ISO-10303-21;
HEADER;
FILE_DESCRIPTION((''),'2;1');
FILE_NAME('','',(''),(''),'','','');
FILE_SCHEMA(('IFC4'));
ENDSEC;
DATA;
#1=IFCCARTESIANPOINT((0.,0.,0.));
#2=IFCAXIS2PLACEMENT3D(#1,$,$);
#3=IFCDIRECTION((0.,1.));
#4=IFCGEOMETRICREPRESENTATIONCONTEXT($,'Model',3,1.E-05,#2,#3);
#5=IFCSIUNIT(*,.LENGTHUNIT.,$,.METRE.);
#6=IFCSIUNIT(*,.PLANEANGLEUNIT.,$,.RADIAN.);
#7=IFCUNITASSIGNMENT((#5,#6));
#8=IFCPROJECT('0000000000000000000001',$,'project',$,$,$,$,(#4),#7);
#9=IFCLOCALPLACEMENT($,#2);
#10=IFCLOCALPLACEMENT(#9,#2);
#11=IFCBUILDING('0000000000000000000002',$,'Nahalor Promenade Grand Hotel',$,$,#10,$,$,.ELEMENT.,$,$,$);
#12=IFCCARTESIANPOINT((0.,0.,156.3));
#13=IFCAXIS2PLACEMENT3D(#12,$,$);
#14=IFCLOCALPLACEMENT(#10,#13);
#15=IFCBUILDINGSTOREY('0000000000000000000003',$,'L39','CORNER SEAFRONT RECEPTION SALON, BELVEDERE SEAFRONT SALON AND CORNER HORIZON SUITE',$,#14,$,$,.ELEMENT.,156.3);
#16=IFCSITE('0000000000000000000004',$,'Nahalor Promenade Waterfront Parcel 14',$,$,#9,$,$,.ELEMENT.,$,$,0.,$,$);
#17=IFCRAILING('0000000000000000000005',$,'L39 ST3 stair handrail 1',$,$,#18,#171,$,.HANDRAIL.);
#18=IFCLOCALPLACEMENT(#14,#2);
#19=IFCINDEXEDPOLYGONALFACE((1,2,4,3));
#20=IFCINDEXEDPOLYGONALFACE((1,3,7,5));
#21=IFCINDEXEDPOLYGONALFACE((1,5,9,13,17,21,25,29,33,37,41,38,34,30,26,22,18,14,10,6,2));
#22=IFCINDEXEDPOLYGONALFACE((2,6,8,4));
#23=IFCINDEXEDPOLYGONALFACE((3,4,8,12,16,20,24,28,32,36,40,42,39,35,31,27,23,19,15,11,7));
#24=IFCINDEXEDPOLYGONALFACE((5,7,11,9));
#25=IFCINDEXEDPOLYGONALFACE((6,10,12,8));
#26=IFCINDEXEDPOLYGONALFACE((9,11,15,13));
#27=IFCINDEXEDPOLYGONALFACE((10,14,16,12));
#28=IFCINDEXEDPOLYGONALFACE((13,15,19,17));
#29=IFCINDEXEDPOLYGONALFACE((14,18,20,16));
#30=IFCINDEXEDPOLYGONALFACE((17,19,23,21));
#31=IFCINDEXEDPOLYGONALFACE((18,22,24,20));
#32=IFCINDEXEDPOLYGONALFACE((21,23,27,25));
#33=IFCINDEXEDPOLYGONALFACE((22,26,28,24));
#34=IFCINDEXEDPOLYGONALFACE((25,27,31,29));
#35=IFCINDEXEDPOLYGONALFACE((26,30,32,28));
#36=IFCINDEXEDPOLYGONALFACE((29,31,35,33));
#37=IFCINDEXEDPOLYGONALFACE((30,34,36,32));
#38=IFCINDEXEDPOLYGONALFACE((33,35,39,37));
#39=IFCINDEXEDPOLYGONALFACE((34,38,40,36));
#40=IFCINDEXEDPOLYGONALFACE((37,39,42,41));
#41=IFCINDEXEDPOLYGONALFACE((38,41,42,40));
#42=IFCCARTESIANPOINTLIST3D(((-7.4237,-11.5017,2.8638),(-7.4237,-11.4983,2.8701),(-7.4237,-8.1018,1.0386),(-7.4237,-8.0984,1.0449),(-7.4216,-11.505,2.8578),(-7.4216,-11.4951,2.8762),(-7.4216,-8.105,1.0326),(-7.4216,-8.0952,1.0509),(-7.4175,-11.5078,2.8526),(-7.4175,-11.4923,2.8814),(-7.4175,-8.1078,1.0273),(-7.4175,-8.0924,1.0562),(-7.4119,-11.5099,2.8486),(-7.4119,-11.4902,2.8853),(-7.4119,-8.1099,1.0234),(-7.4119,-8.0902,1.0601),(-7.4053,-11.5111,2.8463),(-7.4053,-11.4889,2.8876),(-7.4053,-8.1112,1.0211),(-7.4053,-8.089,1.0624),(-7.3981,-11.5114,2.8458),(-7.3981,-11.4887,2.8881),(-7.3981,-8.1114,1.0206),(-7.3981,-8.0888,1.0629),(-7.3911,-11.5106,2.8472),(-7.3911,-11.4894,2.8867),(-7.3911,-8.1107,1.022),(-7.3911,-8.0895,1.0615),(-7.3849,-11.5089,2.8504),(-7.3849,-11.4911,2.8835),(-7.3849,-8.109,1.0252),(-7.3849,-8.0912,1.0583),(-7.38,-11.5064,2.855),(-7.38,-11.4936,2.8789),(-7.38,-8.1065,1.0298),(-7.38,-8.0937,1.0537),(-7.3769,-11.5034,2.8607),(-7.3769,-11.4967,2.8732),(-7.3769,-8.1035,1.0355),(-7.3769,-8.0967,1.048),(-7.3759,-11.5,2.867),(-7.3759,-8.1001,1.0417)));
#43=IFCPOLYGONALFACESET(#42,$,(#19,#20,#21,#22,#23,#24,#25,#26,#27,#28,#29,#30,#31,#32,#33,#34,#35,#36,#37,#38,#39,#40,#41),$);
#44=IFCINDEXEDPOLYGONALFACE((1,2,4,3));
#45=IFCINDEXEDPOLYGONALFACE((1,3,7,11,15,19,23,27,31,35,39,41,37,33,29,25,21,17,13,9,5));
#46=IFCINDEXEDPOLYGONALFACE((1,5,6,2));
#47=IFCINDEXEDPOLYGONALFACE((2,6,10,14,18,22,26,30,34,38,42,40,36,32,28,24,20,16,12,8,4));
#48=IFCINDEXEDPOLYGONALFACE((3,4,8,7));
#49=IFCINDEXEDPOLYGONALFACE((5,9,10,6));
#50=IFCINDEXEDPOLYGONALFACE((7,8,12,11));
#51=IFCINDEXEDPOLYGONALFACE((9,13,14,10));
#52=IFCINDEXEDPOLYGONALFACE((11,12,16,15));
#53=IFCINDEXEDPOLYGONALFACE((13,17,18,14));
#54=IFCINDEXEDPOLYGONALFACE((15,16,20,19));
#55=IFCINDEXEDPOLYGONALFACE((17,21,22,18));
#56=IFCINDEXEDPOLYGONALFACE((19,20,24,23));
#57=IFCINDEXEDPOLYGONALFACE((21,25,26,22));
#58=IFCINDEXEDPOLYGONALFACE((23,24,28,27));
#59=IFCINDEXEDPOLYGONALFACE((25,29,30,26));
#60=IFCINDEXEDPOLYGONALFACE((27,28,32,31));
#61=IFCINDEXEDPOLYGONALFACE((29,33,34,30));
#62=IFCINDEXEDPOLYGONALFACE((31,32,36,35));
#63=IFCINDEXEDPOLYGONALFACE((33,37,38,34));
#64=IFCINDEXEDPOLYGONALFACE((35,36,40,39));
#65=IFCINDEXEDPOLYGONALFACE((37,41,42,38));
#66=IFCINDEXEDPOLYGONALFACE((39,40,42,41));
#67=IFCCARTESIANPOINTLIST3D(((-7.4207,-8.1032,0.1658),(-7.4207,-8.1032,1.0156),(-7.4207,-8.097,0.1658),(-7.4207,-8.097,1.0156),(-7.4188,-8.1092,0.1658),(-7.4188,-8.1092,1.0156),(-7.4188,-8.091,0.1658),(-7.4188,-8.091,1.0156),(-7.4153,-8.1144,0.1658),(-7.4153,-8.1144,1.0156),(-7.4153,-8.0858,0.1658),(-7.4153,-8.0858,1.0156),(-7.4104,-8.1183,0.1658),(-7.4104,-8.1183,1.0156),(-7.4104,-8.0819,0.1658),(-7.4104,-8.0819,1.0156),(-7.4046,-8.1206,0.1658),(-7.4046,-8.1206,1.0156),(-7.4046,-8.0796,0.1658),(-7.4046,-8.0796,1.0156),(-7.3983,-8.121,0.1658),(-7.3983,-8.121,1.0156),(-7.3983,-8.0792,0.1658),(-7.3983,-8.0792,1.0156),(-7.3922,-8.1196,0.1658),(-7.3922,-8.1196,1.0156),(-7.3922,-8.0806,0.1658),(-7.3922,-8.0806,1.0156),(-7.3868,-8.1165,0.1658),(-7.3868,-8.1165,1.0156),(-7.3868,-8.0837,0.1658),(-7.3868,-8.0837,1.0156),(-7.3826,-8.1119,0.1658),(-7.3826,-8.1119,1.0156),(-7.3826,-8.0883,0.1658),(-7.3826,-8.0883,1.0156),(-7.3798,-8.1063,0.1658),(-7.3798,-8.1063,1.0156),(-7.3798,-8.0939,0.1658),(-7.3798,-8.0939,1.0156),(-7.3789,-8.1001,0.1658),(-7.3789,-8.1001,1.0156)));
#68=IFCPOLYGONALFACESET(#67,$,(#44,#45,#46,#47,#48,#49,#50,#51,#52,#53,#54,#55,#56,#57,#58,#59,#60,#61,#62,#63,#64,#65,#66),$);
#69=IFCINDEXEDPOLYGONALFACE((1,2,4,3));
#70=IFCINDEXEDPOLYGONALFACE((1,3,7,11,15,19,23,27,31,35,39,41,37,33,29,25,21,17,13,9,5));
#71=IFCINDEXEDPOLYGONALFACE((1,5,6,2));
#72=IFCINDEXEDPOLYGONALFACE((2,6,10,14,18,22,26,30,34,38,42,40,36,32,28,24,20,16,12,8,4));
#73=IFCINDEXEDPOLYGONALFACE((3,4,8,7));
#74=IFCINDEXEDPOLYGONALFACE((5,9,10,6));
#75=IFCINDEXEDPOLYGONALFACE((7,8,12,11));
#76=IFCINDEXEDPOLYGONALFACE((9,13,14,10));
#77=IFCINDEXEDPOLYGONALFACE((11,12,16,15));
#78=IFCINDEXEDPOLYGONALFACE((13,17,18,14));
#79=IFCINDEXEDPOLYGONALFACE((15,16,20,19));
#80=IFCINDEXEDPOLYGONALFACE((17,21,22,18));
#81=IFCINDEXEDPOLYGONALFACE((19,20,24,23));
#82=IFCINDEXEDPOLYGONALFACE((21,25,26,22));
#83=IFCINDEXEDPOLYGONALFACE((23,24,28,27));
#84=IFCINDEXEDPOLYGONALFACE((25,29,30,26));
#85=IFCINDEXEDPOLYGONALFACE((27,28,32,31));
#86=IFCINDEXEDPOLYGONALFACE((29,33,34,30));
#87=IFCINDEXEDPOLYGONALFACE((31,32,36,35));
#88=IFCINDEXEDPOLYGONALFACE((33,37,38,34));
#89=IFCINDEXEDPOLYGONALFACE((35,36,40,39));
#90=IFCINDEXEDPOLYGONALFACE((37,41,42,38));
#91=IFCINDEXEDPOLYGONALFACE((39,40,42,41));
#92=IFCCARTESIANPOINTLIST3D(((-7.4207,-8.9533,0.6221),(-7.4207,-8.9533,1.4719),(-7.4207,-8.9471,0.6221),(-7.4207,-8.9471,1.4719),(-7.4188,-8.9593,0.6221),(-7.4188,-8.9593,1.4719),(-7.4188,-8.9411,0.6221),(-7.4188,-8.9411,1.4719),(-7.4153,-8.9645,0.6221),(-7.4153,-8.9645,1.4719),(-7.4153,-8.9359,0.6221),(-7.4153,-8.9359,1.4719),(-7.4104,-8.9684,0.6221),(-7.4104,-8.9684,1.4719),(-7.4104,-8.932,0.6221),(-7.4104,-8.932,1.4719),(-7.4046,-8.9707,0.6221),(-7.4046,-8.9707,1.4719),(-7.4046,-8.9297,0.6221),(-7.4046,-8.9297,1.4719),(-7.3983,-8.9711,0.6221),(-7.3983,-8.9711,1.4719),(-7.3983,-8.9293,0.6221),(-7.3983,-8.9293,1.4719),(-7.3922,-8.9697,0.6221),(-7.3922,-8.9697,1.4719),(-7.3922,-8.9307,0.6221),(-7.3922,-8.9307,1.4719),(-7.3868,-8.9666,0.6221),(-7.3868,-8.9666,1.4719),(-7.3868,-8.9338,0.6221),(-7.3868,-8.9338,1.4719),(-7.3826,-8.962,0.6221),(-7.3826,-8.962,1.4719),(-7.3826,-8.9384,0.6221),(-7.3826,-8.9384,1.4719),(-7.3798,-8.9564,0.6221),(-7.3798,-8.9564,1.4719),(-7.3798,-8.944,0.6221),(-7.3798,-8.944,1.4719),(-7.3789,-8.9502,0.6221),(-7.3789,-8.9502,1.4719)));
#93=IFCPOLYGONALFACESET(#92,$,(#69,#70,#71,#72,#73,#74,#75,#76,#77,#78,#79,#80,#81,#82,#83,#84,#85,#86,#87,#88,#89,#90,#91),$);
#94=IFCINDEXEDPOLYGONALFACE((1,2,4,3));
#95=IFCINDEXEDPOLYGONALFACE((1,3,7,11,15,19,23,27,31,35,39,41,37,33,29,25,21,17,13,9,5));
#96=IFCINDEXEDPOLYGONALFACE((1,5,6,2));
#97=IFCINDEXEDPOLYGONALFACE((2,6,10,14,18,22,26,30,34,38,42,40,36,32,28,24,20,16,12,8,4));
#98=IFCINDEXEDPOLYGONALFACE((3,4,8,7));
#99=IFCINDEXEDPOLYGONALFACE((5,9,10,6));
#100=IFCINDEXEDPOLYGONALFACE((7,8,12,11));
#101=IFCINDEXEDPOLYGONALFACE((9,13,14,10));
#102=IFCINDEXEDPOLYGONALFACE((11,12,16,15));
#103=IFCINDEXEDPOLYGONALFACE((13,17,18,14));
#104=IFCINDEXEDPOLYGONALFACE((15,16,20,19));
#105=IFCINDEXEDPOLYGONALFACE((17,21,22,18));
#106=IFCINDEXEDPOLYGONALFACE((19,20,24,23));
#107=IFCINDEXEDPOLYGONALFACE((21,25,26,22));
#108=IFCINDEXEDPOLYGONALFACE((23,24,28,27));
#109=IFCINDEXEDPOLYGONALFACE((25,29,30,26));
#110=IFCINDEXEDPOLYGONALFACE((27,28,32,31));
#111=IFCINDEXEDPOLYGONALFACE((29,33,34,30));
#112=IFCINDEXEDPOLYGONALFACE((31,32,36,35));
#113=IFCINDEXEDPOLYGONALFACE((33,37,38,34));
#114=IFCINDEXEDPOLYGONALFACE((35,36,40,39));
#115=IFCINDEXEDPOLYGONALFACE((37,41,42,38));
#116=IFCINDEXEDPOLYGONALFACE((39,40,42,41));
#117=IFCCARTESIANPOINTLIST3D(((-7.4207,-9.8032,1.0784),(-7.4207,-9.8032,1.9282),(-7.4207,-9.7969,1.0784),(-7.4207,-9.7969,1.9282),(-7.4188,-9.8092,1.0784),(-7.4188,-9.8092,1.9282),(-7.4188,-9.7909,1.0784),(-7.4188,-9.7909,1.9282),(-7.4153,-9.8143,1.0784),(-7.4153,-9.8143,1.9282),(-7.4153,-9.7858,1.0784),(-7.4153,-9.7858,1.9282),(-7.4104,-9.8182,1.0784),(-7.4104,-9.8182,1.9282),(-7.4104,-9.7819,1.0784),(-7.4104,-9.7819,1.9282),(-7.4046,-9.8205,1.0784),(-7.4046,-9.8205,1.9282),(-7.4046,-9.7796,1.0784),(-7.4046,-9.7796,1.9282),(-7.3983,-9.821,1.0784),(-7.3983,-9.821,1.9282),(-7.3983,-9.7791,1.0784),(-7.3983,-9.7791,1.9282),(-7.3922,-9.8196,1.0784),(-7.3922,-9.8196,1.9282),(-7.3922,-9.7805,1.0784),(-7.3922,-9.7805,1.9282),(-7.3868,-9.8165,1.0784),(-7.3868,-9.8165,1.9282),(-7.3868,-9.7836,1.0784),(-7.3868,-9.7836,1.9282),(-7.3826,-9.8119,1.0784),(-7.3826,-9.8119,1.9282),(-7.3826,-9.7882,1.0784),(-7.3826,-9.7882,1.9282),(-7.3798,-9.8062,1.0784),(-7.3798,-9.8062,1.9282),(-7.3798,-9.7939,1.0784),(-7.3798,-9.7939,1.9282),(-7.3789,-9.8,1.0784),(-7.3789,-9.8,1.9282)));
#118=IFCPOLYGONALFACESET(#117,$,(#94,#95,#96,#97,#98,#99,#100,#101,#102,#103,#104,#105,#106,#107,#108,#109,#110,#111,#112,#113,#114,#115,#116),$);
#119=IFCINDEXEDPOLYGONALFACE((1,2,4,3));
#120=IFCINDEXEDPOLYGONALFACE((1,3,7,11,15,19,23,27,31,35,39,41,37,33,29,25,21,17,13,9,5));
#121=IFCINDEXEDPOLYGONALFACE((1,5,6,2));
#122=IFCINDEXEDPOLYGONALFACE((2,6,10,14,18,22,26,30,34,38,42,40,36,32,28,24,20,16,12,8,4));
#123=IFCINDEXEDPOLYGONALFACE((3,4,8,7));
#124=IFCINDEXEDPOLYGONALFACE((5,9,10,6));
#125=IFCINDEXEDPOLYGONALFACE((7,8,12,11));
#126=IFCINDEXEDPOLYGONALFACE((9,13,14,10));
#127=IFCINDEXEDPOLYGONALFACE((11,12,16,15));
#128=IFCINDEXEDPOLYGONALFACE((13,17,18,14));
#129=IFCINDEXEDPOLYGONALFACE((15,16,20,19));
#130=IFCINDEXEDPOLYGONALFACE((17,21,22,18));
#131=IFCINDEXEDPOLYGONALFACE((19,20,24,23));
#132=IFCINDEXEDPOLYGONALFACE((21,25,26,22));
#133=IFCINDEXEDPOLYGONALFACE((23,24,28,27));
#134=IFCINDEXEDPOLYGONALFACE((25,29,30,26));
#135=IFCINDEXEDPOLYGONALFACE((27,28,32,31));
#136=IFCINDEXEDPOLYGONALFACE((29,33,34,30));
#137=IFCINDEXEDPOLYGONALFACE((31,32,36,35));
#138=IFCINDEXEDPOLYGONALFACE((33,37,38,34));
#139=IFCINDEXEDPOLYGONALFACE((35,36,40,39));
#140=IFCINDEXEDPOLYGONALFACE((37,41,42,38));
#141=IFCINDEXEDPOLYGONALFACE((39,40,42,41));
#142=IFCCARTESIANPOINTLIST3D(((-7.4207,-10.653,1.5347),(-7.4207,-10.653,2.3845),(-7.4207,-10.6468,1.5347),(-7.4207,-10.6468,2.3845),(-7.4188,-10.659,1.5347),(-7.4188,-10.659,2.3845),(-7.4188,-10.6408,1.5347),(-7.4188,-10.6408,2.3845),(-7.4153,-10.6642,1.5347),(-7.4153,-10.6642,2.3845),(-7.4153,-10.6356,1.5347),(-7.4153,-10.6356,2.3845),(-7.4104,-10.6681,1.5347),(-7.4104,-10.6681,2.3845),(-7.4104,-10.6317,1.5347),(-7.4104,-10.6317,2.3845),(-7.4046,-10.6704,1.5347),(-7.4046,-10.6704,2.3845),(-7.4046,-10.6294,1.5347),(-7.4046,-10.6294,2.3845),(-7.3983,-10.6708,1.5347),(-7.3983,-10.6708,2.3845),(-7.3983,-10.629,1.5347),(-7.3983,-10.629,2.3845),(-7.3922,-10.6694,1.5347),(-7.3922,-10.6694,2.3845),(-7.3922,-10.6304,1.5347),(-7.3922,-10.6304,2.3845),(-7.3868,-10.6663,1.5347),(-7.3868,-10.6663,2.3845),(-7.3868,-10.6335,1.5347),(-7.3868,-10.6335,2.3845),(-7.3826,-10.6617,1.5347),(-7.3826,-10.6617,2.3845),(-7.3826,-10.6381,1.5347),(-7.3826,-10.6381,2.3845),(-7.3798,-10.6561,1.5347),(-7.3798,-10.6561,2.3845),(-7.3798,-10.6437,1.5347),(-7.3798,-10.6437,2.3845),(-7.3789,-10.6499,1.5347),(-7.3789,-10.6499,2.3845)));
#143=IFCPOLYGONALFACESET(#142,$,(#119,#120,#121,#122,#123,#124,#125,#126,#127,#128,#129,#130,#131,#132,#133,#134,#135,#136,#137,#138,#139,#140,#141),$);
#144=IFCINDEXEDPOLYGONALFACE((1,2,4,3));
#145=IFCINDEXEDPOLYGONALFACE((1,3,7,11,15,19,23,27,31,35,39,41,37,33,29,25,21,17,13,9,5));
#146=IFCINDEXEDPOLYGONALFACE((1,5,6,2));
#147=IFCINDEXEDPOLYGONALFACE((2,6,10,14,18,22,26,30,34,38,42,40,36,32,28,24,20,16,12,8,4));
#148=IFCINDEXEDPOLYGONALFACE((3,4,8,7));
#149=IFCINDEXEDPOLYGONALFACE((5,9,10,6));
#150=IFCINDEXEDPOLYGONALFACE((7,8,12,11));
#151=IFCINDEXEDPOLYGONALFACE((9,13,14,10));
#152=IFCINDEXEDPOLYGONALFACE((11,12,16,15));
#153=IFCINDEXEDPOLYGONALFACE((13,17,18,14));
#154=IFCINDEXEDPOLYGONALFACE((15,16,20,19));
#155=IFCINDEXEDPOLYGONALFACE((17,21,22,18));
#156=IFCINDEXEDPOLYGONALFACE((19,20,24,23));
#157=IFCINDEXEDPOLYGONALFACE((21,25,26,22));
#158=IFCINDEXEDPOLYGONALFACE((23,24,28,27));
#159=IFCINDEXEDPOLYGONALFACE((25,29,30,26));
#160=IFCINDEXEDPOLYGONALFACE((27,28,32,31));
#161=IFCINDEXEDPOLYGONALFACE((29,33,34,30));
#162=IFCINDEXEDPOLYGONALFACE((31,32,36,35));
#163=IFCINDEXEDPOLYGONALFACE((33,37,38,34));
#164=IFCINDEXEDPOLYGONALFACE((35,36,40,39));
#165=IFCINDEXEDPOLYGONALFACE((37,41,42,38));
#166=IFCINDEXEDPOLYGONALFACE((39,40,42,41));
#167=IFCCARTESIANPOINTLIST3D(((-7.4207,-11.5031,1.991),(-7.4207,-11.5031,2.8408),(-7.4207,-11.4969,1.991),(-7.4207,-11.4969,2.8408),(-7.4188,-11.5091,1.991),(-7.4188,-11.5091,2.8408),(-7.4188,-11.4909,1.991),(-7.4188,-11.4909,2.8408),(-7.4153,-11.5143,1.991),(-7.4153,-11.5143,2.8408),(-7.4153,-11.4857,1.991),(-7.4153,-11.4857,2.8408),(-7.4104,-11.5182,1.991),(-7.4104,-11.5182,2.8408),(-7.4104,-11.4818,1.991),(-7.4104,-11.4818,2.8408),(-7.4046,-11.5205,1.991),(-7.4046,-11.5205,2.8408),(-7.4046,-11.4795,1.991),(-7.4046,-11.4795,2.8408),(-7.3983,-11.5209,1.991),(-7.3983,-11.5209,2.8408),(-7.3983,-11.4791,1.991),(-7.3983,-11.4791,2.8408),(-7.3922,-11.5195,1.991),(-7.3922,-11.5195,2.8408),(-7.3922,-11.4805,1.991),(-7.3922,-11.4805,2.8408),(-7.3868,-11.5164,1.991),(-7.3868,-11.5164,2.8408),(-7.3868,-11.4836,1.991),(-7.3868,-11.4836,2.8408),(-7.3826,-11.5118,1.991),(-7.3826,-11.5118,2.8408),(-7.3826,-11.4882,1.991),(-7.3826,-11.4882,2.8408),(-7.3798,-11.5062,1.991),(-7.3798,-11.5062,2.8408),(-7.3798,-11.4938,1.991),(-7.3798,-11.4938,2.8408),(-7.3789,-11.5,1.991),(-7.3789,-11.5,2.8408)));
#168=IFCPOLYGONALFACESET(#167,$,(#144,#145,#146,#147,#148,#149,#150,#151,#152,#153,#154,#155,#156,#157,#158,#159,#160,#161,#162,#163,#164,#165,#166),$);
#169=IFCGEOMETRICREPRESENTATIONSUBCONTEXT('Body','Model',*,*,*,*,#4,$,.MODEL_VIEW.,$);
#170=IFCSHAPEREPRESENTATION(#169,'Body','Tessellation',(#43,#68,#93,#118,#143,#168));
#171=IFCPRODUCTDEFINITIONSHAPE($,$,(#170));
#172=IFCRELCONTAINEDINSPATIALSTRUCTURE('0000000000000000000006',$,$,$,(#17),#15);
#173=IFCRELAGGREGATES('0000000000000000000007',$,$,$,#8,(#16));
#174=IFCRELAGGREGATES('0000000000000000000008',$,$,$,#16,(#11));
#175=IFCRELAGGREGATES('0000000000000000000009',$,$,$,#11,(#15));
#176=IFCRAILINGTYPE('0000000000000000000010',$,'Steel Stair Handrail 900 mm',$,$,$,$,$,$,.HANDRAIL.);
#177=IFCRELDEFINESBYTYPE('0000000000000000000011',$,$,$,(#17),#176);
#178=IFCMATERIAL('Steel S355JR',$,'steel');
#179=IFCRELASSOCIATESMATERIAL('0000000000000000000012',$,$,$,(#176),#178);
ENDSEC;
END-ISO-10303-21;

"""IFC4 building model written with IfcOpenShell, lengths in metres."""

from ifc_helpers import new_model, si_unit, direction, frame, origin, origin_2d, place, context, subcontext, project, spatial, circle, extrude, material, type_object, element, save


model = new_model("IFC4")

# Units and contexts
model_context = context("Model", 3, precision=1e-05, world=origin(), true_north=direction((0.0, 1.0)))
body_context = subcontext(model_context, "Body", "Model", "MODEL_VIEW")
ifc_project = project(units=[si_unit("LENGTHUNIT", "METRE"), si_unit("PLANEANGLEUNIT", "RADIAN")], contexts=[model_context])

# Site, building, storey
site_placement = place(None, origin())
site = spatial("IfcSite", under=ifc_project, at=site_placement, Name="Nahalor Promenade Waterfront Parcel 14", CompositionType="ELEMENT", RefElevation=0.0)
building_placement = place(site_placement, origin())
building = spatial("IfcBuilding", under=site, at=building_placement, Name="Nahalor Promenade Grand Hotel", CompositionType="ELEMENT")
storey_placement = place(building_placement, frame((0.0, 0.0, 156.3)))
storey = spatial("IfcBuildingStorey", under=building, at=storey_placement, Name="L39", Description="CORNER SEAFRONT RECEPTION SALON, BELVEDERE SEAFRONT SALON AND CORNER HORIZON SUITE", CompositionType="ELEMENT", Elevation=156.3)

# Shared definitions
ifc_material_1 = material(Name="Steel S355JR", Category="steel")

# Railing
railing_type_1 = type_object("IfcRailingType", Name="Steel Stair Handrail 900 mm", PredefinedType="HANDRAIL", material=ifc_material_1)
railing_1_placement = place(storey_placement, frame((-7.3999, -8.1001, 0.1658)))
element("IfcRailing", 1, at=railing_1_placement, inside=storey, type_object=railing_type_1, Name="L39 ST3 stair handrail 1", PredefinedType="HANDRAIL", context=body_context, shape_type="SweptSolid", body=[
    extrude(circle(Radius=0.024, at=origin_2d()), frame((0.0, 0.0, 0.876), z_axis=(0.0, -0.881068, 0.47299), x_axis=(1.0, 0.0, 0.0)), (0.0, 0.0, 1.0), 3.8589),
    extrude(circle(Radius=0.021, at=origin_2d()), origin(), (0.0, 0.0, 1.0), 0.8499),
    extrude(circle(Radius=0.021, at=origin_2d()), frame((0.0, -0.8501, 0.4563)), (0.0, 0.0, 1.0), 0.8499),
    extrude(circle(Radius=0.021, at=origin_2d()), frame((0.0, -1.7, 0.9126)), (0.0, 0.0, 1.0), 0.8499),
    extrude(circle(Radius=0.021, at=origin_2d()), frame((0.0, -2.5498, 1.3689)), (0.0, 0.0, 1.0), 0.8499),
    extrude(circle(Radius=0.021, at=origin_2d()), frame((0.0, -3.3999, 1.8252)), (0.0, 0.0, 1.0), 0.8499),
])

save(model, "model.ifc")
